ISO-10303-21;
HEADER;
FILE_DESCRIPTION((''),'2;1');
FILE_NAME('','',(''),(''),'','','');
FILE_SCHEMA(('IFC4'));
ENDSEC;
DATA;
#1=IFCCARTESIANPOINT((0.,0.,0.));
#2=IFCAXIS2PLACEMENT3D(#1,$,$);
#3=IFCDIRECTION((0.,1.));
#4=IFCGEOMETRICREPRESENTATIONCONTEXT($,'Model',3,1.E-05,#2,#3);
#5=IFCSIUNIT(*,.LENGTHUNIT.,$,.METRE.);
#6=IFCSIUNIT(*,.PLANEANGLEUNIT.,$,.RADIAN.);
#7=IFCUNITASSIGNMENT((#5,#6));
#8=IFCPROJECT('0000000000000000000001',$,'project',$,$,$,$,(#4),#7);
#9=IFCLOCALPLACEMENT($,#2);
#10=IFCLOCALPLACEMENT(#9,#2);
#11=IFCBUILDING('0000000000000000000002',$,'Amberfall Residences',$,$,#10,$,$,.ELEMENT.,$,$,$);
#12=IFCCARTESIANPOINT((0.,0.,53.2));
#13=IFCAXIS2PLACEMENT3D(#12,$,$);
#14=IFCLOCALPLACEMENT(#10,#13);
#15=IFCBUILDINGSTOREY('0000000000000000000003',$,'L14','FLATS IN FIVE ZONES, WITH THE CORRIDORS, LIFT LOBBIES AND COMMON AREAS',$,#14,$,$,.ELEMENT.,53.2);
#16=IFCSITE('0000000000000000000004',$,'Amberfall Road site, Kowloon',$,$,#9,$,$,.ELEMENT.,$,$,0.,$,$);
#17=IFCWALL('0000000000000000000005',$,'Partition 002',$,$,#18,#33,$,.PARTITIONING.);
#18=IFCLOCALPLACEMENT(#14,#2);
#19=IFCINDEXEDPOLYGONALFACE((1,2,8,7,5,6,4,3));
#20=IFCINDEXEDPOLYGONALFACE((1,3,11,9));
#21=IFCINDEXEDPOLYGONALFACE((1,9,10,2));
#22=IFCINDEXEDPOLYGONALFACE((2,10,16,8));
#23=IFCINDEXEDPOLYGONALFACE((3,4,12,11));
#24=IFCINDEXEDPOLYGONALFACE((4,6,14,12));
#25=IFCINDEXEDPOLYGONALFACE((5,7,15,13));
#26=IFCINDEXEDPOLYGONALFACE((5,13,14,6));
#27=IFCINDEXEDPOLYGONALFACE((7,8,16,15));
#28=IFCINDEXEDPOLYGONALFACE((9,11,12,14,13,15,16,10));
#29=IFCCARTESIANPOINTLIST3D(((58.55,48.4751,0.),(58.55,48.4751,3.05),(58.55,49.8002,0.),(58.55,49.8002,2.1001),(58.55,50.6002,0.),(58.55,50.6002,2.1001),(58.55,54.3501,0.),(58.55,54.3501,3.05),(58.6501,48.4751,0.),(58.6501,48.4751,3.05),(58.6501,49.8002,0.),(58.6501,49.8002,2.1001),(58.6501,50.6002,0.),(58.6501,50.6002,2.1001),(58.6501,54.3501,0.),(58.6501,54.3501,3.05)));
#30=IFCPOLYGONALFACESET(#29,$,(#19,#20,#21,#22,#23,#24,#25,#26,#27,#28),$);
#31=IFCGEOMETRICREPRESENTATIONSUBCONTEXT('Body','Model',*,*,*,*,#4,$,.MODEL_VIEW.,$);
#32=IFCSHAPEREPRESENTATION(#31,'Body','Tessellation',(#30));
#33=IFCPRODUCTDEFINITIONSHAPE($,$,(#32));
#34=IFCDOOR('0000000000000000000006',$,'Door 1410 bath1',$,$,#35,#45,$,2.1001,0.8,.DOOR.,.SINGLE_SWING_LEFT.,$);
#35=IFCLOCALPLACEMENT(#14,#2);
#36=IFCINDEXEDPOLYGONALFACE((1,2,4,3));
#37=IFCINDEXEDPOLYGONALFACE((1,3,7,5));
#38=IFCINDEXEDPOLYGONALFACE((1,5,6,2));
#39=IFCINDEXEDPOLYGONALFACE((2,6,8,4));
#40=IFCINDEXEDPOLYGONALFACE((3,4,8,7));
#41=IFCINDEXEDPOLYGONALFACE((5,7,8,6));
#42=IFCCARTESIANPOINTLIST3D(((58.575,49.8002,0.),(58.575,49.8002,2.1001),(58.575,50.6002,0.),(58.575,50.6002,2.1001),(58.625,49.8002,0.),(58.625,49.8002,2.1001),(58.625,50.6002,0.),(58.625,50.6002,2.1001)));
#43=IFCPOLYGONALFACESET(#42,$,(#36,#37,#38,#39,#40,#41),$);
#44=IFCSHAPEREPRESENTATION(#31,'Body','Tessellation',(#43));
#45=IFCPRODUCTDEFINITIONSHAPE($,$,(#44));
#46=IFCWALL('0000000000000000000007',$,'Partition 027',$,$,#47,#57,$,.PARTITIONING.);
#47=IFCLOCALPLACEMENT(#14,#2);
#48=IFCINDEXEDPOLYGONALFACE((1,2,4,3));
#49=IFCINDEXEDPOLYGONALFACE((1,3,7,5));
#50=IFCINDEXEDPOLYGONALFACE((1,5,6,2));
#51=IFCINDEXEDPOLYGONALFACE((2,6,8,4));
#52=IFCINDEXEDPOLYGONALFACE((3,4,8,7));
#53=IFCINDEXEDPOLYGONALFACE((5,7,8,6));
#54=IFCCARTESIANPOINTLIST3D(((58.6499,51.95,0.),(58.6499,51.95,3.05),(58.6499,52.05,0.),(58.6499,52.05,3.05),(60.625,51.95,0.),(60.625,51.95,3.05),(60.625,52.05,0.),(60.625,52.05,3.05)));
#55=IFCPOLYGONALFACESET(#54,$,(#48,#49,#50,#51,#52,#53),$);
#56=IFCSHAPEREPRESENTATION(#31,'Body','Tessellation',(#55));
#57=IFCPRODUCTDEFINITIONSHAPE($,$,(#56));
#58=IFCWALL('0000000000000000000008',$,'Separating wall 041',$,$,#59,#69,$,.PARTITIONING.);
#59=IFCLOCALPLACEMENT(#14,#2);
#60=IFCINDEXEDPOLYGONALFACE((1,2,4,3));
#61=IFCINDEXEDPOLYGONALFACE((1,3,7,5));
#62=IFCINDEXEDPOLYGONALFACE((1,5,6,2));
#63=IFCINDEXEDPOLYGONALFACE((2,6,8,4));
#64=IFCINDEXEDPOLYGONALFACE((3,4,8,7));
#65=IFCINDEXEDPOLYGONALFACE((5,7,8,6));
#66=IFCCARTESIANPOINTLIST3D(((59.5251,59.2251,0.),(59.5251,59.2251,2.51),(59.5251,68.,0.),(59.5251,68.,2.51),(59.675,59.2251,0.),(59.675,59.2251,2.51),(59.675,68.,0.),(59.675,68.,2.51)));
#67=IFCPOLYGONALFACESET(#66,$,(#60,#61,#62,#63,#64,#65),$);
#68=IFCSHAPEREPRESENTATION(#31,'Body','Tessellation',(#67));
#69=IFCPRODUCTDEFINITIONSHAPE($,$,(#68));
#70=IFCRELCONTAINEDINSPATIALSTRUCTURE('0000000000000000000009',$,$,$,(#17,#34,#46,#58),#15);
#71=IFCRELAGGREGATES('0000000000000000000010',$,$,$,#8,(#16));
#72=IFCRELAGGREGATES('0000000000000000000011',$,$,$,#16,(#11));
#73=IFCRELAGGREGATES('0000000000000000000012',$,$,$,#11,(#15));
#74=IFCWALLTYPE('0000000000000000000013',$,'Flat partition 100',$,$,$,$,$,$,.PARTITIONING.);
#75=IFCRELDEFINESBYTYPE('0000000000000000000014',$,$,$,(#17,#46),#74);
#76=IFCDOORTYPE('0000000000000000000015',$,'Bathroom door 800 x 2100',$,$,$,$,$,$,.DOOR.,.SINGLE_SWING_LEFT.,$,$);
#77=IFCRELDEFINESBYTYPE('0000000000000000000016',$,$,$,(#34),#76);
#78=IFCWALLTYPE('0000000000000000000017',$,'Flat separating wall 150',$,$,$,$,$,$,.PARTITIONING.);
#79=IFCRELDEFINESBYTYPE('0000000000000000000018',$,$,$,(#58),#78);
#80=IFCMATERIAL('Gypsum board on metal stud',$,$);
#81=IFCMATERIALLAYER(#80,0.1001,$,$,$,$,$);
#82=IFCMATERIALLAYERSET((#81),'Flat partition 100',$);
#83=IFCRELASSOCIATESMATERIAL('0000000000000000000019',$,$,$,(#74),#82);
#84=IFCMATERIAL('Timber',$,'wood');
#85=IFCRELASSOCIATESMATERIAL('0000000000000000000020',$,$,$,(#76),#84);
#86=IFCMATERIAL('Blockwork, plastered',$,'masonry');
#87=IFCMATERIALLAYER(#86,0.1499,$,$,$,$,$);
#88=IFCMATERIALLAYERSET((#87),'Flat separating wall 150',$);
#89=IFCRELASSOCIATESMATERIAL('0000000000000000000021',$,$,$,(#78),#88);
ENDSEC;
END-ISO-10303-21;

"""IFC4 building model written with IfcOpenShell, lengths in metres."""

from ifc_helpers import new_model, si_unit, direction, frame, frame_2d, origin, place, context, subcontext, project, spatial, rectangle, extrude, material, layer, layer_set, type_object, element, fill, save


model = new_model("IFC4")

# Units and contexts
model_context = context("Model", 3, precision=1e-05, world=origin(), true_north=direction((0.0, 1.0)))
body_context = subcontext(model_context, "Body", "Model", "MODEL_VIEW")
ifc_project = project(units=[si_unit("LENGTHUNIT", "METRE"), si_unit("PLANEANGLEUNIT", "RADIAN")], contexts=[model_context])

# Site, building, storey
site_placement = place(None, origin())
site = spatial("IfcSite", under=ifc_project, at=site_placement, Name="Amberfall Road site, Kowloon", CompositionType="ELEMENT", RefElevation=0.0)
building_placement = place(site_placement, origin())
building = spatial("IfcBuilding", under=site, at=building_placement, Name="Amberfall Residences", CompositionType="ELEMENT")
storey_placement = place(building_placement, frame((0.0, 0.0, 53.2)))
storey = spatial("IfcBuildingStorey", under=building, at=storey_placement, Name="L14", Description="FLATS IN FIVE ZONES, WITH THE CORRIDORS, LIFT LOBBIES AND COMMON AREAS", CompositionType="ELEMENT", Elevation=53.2)

# Wall, opening, door
ifc_material_1 = material(Name="Gypsum board on metal stud")
ifc_layer_1 = layer(ifc_material_1, 0.1001)
ifc_layer_set_1 = layer_set([ifc_layer_1], Name="Flat partition 100")
wall_type_1 = type_object("IfcWallType", Name="Flat partition 100", PredefinedType="PARTITIONING", material=ifc_layer_set_1)
wall_1_placement = place(storey_placement, frame((58.6001, 54.3501, 0.0), z_axis=(0.0, 0.0, 1.0), x_axis=(0.0, -1.0, 0.0)))
wall_1 = element("IfcWall", 1, at=wall_1_placement, inside=storey, type_object=wall_type_1, Name="Partition 002", PredefinedType="PARTITIONING", context=body_context, shape_type="SweptSolid", body=[
    extrude(rectangle(XDim=5.875, YDim=0.1001, at=frame_2d((2.9375, 0.0))), origin(), (0.0, 0.0, 1.0), 3.05),
])
opening_1_placement = place(wall_1_placement, frame((3.75, 0.0, 0.0)))
opening_1 = element("IfcOpeningElement", 2, at=opening_1_placement, cuts=wall_1, PredefinedType="OPENING", context=body_context, shape_type="SweptSolid", body=[
    extrude(rectangle(XDim=0.8, YDim=2.1001, at=frame_2d((0.3999, 1.05))), frame((0.0, 0.0601, 0.0), z_axis=(0.0, -1.0, 0.0), x_axis=(1.0, 0.0, 0.0)), (0.0, 0.0, 1.0), 0.1201),
])
ifc_material_2 = material(Name="Timber", Category="wood")
door_type = type_object("IfcDoorType", Name="Bathroom door 800 x 2100", OperationType="SINGLE_SWING_LEFT", PredefinedType="DOOR", material=ifc_material_2)
door_placement = place(opening_1_placement, origin())
door = element("IfcDoor", 3, at=door_placement, inside=storey, type_object=door_type, Name="Door 1410 bath1", OperationType="SINGLE_SWING_LEFT", OverallHeight=2.1001, OverallWidth=0.8, PredefinedType="DOOR", context=body_context, shape_type="SweptSolid", body=[
    extrude(rectangle(XDim=0.8, YDim=2.1001, at=frame_2d((0.3999, 1.05))), frame((0.0, 0.0249, 0.0), z_axis=(0.0, -1.0, 0.0), x_axis=(1.0, 0.0, 0.0)), (0.0, 0.0, 1.0), 0.05),
])
fill(opening_1, door)

# Walls
wall_2_placement = place(storey_placement, frame((58.6499, 52.0, 0.0), z_axis=(0.0, 0.0, 1.0), x_axis=(1.0, 0.0, 0.0)))
element("IfcWall", 4, at=wall_2_placement, inside=storey, type_object=wall_type_1, Name="Partition 027", PredefinedType="PARTITIONING", context=body_context, shape_type="SweptSolid", body=[
    extrude(rectangle(XDim=1.9751, YDim=0.1001, at=frame_2d((0.9875, 0.0))), origin(), (0.0, 0.0, 1.0), 3.05),
])
ifc_material_3 = material(Name="Blockwork, plastered", Category="masonry")
ifc_layer_2 = layer(ifc_material_3, 0.1499)
ifc_layer_set_2 = layer_set([ifc_layer_2], Name="Flat separating wall 150")
wall_type_2 = type_object("IfcWallType", Name="Flat separating wall 150", PredefinedType="PARTITIONING", material=ifc_layer_set_2)
wall_3_placement = place(storey_placement, frame((59.6001, 59.2251, 0.0), z_axis=(0.0, 0.0, 1.0), x_axis=(0.0, 1.0, 0.0)))
element("IfcWall", 5, at=wall_3_placement, inside=storey, type_object=wall_type_2, Name="Separating wall 041", PredefinedType="PARTITIONING", context=body_context, shape_type="SweptSolid", body=[
    extrude(rectangle(XDim=8.7749, YDim=0.1499, at=frame_2d((4.3875, 0.0))), origin(), (0.0, 0.0, 1.0), 2.51),
])

save(model, "model.ifc")
